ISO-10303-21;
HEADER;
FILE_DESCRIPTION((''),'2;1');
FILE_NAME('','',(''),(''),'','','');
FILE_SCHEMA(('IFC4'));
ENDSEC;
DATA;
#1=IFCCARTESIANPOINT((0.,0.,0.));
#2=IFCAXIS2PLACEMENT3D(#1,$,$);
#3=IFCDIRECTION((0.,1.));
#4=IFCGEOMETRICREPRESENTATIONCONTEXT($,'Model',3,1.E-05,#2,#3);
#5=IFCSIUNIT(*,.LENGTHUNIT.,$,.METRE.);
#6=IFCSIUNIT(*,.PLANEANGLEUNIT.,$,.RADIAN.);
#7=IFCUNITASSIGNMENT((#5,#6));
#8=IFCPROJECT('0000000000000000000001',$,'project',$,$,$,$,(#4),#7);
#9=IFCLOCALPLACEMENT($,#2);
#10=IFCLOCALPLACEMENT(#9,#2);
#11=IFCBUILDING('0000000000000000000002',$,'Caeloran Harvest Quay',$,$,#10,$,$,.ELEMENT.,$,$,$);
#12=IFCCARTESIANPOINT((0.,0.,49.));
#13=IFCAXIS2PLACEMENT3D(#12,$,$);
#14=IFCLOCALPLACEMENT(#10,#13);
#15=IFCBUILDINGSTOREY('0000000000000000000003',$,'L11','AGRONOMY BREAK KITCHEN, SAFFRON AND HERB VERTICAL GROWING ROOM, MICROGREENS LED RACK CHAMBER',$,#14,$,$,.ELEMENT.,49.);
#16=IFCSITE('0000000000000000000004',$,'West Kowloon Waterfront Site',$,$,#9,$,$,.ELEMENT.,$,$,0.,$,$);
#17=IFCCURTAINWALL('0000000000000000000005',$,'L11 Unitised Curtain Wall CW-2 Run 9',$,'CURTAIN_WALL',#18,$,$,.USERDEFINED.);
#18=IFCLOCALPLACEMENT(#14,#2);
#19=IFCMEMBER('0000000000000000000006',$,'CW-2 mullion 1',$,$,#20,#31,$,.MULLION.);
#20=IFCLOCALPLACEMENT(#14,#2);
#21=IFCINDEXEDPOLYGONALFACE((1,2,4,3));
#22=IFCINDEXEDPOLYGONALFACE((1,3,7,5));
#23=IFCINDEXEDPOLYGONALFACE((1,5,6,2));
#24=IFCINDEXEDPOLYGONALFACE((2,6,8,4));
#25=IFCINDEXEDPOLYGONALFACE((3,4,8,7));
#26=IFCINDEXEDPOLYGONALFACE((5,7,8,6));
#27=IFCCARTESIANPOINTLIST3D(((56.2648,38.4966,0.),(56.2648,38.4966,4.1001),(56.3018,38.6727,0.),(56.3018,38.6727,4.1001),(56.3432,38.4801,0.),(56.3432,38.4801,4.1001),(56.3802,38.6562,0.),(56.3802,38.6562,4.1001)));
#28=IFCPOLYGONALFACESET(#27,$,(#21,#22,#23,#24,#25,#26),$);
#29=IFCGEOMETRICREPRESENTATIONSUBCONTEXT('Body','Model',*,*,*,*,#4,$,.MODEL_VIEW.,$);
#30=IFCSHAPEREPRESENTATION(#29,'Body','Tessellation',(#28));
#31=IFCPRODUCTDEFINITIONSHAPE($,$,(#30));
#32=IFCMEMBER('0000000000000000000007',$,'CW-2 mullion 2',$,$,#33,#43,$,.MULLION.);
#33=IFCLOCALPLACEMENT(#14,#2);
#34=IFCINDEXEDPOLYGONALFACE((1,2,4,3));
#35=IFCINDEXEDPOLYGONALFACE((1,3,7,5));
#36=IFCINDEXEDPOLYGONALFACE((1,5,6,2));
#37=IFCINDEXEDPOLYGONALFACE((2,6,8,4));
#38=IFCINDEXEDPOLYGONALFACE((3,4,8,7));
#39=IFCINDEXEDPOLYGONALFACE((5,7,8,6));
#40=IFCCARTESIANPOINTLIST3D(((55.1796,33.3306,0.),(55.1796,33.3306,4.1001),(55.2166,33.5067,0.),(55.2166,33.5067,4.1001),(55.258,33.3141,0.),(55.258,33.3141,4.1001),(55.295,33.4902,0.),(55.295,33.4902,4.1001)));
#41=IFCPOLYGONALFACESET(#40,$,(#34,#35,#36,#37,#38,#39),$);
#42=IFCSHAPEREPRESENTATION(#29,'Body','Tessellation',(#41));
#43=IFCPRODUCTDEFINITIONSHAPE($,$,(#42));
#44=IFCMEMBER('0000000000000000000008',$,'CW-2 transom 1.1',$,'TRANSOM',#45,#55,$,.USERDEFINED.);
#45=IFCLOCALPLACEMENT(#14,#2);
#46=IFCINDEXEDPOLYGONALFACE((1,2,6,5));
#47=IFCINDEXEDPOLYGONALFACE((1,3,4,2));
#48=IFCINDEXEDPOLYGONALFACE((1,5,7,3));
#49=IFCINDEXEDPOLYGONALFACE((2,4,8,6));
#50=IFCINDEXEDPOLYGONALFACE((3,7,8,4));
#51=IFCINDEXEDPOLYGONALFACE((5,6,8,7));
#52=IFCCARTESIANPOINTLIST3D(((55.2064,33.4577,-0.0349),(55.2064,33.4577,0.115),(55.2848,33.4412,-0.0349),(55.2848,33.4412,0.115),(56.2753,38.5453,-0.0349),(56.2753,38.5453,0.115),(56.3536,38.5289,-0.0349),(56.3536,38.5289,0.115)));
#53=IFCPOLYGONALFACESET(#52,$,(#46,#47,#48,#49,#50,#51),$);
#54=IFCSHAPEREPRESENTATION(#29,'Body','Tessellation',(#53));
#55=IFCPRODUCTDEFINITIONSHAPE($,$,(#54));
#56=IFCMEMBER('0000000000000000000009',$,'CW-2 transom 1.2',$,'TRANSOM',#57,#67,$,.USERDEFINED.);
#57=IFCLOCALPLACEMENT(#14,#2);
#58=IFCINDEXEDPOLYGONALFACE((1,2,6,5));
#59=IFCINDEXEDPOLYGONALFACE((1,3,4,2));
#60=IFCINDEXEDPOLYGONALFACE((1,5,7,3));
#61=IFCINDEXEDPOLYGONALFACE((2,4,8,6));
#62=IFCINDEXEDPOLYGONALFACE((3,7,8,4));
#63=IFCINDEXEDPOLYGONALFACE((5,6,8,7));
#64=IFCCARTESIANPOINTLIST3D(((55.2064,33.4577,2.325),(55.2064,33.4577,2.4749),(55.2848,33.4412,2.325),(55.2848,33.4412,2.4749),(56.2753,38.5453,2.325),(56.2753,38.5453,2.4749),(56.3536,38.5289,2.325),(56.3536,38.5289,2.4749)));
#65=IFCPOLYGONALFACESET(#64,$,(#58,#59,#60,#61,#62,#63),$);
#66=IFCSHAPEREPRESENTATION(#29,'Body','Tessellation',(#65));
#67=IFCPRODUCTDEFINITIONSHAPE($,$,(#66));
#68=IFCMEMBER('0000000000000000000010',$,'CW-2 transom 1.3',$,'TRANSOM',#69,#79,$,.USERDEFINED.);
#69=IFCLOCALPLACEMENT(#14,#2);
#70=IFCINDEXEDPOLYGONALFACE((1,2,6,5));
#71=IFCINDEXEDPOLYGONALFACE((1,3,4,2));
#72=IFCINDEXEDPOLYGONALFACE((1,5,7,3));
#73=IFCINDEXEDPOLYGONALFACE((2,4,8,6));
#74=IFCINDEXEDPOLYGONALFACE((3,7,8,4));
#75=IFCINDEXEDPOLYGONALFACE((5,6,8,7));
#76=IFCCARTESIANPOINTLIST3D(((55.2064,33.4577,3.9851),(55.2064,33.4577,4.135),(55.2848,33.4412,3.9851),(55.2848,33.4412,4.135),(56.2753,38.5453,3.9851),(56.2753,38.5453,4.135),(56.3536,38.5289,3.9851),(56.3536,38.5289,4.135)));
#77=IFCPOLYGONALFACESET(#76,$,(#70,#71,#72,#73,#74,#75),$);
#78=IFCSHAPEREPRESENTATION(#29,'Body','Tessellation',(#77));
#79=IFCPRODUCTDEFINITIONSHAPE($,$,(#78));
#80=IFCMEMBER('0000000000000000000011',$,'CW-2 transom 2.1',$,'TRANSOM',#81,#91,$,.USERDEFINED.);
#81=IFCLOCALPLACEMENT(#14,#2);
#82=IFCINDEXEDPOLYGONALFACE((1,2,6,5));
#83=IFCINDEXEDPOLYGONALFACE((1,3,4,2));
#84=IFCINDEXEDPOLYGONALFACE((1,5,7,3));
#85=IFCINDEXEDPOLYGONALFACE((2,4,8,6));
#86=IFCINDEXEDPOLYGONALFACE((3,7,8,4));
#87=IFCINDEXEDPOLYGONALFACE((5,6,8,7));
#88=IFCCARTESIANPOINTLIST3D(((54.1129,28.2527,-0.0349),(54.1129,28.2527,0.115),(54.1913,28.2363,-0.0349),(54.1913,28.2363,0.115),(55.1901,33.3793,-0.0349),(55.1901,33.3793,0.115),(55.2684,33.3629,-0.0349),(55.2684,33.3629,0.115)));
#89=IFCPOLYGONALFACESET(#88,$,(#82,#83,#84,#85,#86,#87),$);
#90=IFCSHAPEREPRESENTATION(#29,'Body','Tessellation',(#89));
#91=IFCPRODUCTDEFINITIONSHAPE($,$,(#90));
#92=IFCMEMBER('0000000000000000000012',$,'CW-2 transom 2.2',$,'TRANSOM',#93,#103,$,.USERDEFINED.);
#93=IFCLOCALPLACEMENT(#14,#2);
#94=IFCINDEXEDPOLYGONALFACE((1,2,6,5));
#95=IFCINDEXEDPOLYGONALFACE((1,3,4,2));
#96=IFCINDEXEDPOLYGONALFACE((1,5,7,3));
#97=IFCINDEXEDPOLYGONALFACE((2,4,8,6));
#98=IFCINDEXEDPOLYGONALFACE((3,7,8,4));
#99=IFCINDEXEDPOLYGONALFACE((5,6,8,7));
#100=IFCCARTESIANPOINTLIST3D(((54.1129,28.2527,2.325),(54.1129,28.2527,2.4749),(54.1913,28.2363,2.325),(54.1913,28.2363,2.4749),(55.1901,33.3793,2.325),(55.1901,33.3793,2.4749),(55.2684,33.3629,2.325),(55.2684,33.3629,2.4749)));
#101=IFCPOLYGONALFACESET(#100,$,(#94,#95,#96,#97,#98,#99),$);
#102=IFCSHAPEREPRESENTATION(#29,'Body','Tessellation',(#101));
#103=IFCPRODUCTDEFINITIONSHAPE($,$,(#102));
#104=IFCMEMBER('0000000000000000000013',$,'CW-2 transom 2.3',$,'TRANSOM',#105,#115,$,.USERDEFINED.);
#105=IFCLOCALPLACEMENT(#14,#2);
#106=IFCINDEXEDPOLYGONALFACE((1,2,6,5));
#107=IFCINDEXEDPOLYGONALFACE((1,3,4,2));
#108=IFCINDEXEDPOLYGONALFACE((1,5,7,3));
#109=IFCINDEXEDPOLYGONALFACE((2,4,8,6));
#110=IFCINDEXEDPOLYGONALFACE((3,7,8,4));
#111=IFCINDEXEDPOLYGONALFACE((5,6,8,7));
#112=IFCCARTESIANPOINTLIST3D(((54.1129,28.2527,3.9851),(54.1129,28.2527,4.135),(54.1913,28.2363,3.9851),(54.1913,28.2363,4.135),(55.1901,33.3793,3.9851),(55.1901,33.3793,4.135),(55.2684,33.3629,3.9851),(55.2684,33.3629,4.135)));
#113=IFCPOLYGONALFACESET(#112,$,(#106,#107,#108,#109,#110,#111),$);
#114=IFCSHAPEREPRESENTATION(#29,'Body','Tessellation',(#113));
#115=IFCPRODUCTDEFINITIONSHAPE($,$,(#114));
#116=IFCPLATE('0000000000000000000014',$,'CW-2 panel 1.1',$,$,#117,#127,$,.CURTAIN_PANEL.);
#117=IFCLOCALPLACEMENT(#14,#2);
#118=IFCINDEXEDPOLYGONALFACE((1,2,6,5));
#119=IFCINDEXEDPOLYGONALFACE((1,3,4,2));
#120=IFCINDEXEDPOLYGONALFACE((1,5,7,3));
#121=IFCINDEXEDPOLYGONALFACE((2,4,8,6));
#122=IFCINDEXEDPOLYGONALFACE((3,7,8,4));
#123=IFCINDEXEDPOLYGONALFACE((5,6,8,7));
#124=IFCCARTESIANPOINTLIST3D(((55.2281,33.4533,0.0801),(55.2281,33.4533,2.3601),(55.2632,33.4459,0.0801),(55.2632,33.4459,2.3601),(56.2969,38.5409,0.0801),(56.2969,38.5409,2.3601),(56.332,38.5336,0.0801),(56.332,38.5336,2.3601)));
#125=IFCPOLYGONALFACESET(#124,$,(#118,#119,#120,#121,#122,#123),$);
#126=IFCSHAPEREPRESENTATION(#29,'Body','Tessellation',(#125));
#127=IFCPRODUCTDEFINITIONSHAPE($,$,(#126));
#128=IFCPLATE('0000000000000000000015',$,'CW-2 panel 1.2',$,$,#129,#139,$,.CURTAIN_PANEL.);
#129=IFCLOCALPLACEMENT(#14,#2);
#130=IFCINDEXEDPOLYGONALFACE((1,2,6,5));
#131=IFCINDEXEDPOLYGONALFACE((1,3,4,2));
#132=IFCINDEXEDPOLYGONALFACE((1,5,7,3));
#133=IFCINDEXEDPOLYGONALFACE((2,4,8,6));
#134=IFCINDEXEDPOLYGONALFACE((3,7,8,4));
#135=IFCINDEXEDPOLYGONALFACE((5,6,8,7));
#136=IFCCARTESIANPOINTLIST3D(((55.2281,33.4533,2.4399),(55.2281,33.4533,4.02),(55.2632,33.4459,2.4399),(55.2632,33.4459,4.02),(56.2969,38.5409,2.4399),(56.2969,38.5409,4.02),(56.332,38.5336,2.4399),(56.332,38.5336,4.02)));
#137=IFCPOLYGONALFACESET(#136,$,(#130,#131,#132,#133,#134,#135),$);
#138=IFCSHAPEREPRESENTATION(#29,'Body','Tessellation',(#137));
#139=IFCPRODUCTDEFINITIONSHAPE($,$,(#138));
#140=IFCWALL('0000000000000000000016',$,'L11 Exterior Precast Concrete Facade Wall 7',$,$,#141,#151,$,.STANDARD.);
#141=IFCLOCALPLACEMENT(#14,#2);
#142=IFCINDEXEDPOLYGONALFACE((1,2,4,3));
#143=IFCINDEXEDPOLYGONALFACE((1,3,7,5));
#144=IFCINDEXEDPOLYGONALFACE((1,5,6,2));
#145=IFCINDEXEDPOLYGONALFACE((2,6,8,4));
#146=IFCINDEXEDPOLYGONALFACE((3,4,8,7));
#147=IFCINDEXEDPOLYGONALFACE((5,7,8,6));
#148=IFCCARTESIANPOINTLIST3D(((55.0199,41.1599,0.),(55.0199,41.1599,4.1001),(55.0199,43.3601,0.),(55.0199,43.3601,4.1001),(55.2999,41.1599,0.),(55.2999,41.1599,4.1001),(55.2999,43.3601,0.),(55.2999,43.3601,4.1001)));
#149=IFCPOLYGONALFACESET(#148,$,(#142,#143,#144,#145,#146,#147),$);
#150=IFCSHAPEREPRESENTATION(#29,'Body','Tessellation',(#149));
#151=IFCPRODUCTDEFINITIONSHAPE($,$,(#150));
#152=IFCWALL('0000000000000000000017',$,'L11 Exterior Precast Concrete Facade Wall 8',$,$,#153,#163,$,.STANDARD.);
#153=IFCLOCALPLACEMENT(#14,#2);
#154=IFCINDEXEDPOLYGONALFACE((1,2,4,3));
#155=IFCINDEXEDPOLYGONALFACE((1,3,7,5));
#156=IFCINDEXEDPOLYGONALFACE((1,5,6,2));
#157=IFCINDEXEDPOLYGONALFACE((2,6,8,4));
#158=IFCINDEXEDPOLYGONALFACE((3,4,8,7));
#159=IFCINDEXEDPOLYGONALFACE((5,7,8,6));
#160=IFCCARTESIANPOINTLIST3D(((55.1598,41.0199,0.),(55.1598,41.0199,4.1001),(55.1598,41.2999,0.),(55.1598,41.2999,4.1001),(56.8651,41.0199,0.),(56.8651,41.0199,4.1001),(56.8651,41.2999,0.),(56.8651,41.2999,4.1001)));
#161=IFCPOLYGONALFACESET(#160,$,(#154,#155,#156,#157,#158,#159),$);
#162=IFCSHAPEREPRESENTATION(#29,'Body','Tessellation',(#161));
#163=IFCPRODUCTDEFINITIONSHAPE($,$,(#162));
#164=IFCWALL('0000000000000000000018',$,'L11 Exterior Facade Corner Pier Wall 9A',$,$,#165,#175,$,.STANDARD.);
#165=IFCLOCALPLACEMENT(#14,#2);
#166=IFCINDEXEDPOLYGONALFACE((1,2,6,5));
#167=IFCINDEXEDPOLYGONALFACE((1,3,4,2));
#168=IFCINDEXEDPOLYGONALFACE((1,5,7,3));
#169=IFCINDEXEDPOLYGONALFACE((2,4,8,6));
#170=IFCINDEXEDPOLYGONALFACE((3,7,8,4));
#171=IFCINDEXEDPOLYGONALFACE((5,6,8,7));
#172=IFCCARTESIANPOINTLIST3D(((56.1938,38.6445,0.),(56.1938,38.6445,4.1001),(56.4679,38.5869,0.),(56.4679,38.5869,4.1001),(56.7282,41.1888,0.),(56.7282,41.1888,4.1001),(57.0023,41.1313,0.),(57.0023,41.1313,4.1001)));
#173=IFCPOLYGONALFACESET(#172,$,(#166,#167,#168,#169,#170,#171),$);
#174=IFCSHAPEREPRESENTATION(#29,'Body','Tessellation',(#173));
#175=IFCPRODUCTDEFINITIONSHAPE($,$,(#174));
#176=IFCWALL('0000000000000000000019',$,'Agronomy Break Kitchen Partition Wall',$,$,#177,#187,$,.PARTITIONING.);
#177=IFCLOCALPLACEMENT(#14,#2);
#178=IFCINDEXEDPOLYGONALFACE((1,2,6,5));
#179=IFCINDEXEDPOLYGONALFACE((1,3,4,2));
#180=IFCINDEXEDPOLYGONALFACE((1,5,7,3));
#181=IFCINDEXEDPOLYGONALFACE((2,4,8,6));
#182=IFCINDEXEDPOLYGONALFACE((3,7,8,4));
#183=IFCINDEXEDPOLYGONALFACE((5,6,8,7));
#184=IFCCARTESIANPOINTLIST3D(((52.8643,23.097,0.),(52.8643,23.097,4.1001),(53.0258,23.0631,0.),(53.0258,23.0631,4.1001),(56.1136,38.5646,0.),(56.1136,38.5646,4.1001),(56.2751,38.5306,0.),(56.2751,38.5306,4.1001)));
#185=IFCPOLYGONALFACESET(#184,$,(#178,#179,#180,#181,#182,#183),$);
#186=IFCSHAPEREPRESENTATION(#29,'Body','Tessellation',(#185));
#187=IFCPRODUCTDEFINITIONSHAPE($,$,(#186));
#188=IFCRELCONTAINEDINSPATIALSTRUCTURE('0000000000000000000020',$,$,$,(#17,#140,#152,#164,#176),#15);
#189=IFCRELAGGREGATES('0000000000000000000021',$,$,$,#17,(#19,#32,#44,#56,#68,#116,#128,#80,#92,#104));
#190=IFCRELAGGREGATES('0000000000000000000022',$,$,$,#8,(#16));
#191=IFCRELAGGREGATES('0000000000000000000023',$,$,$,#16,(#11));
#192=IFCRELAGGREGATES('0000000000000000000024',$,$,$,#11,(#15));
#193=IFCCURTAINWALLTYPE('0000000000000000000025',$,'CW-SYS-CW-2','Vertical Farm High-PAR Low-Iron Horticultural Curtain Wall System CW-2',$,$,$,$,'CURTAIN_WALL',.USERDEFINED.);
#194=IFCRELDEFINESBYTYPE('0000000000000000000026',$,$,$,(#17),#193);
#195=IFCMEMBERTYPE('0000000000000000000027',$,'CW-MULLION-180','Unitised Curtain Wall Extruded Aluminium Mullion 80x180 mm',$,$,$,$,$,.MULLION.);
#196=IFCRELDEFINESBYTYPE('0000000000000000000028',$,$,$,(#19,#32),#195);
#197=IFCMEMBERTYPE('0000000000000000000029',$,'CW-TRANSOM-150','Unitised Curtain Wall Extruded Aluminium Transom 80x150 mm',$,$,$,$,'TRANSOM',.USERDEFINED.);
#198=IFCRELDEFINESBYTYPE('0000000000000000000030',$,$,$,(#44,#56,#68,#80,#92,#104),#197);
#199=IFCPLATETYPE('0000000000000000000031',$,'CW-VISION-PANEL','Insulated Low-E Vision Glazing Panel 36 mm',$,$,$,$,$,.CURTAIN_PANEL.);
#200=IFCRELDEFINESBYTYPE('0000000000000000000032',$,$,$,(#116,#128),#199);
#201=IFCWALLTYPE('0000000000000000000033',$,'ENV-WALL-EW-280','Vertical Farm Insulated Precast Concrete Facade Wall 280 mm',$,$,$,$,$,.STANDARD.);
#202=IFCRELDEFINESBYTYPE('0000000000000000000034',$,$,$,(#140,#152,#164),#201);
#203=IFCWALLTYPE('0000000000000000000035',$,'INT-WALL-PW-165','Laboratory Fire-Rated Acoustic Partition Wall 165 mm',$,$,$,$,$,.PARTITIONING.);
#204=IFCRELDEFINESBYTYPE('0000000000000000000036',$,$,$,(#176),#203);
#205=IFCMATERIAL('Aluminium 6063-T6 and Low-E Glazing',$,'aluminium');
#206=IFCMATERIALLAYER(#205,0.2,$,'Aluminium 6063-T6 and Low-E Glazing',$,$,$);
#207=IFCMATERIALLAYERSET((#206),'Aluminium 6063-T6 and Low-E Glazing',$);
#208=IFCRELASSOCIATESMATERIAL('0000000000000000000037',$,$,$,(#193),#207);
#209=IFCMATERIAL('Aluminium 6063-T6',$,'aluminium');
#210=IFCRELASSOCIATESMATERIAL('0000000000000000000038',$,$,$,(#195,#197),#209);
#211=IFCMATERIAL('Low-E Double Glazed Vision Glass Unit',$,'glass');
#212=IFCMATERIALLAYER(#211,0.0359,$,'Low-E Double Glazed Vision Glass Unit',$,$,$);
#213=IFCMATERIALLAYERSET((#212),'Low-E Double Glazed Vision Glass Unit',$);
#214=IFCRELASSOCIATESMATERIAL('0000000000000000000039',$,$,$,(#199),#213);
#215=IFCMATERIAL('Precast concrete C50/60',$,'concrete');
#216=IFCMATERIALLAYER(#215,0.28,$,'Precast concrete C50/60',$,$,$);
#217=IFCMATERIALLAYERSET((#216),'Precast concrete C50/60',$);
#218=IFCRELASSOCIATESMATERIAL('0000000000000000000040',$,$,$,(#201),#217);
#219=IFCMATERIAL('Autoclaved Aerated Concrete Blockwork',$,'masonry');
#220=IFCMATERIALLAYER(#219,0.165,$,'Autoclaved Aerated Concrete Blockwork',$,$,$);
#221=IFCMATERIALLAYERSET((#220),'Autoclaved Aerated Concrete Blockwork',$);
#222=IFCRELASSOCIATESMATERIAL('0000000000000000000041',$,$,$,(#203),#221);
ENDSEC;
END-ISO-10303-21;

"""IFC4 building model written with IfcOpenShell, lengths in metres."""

from ifc_helpers import new_model, si_unit, direction, frame, frame_2d, origin, origin_2d, place, context, subcontext, project, spatial, rectangle, extrude, material, layer, layer_set, material_profile, profile_set, type_object, element, aggregate, save


model = new_model("IFC4")

# Units and contexts
model_context = context("Model", 3, precision=1e-05, world=origin(), true_north=direction((0.0, 1.0)))
body_context = subcontext(model_context, "Body", "Model", "MODEL_VIEW")
ifc_project = project(units=[si_unit("LENGTHUNIT", "METRE"), si_unit("PLANEANGLEUNIT", "RADIAN")], contexts=[model_context])

# Site, building, storey
site_placement = place(None, origin())
site = spatial("IfcSite", under=ifc_project, at=site_placement, Name="West Kowloon Waterfront Site", CompositionType="ELEMENT", RefElevation=0.0)
building_placement = place(site_placement, origin())
building = spatial("IfcBuilding", under=site, at=building_placement, Name="Caeloran Harvest Quay", CompositionType="ELEMENT")
storey_placement = place(building_placement, frame((0.0, 0.0, 49.0)))
storey = spatial("IfcBuildingStorey", under=building, at=storey_placement, Name="L11", Description="AGRONOMY BREAK KITCHEN, SAFFRON AND HERB VERTICAL GROWING ROOM, MICROGREENS LED RACK CHAMBER", CompositionType="ELEMENT", Elevation=49.0)

# Curtain wall, members, plates
ifc_material_1 = material(Name="Aluminium 6063-T6 and Low-E Glazing", Category="aluminium")
ifc_layer_1 = layer(ifc_material_1, 0.2, Name="Aluminium 6063-T6 and Low-E Glazing")
ifc_layer_set_1 = layer_set([ifc_layer_1], Name="Aluminium 6063-T6 and Low-E Glazing")
curtain_wall_type = type_object("IfcCurtainWallType", Name="CW-SYS-CW-2", Description="Vertical Farm High-PAR Low-Iron Horticultural Curtain Wall System CW-2", ElementType="CURTAIN_WALL", PredefinedType="USERDEFINED", material=ifc_layer_set_1)
curtain_wall_placement = place(storey_placement, origin())
curtain_wall = element("IfcCurtainWall", 1, at=curtain_wall_placement, inside=storey, type_object=curtain_wall_type, Name="L11 Unitised Curtain Wall CW-2 Run 9", ObjectType="CURTAIN_WALL", PredefinedType="USERDEFINED")
ifc_material_2 = material(Name="Aluminium 6063-T6", Category="aluminium")
ifc_material_profile_1 = material_profile(ifc_material_2, rectangle(XDim=0.0801, YDim=0.1799, at=origin_2d()), Name="CW-MULLION-180")
ifc_profile_set_1 = profile_set([ifc_material_profile_1], Name="Aluminium 6063-T6")
member_type_1 = type_object("IfcMemberType", Name="CW-MULLION-180", Description="Unitised Curtain Wall Extruded Aluminium Mullion 80x180 mm", PredefinedType="MULLION", material=ifc_profile_set_1)
member_1_placement = place(storey_placement, frame((56.3225, 38.5764, 0.0), z_axis=(0.0, 0.0, 1.0), x_axis=(0.97864, -0.205583, 0.0)))
member_1 = element("IfcMember", 2, at=member_1_placement, type_object=member_type_1, Name="CW-2 mullion 1", PredefinedType="MULLION", context=body_context, shape_type="SweptSolid", body=[
    extrude(rectangle(XDim=0.0801, YDim=0.1799, at=origin_2d()), origin(), (0.0, 0.0, 1.0), 4.1001),
])
member_2_placement = place(storey_placement, frame((55.2373, 33.4104, 0.0), z_axis=(0.0, 0.0, 1.0), x_axis=(0.97864, -0.205583, 0.0)))
member_2 = element("IfcMember", 3, at=member_2_placement, type_object=member_type_1, Name="CW-2 mullion 2", PredefinedType="MULLION", context=body_context, shape_type="SweptSolid", body=[
    extrude(rectangle(XDim=0.0801, YDim=0.1799, at=origin_2d()), origin(), (0.0, 0.0, 1.0), 4.1001),
])
ifc_material_profile_2 = material_profile(ifc_material_2, rectangle(XDim=0.0801, YDim=0.1499, at=origin_2d()), Name="CW-TRANSOM-150")
ifc_profile_set_2 = profile_set([ifc_material_profile_2], Name="Aluminium 6063-T6")
member_type_2 = type_object("IfcMemberType", Name="CW-TRANSOM-150", Description="Unitised Curtain Wall Extruded Aluminium Transom 80x150 mm", ElementType="TRANSOM", PredefinedType="USERDEFINED", material=ifc_profile_set_2)
member_3_placement = place(storey_placement, frame((56.3145, 38.5371, 0.04), z_axis=(-0.205599, -0.978636, 0.0), x_axis=(0.978636, -0.205599, 0.0)))
member_3 = element("IfcMember", 4, at=member_3_placement, type_object=member_type_2, Name="CW-2 transom 1.1", ObjectType="TRANSOM", PredefinedType="USERDEFINED", context=body_context, shape_type="SweptSolid", body=[
    extrude(rectangle(XDim=0.0801, YDim=0.1499, at=origin_2d()), origin(), (0.0, 0.0, 1.0), 5.1987),
])
member_4_placement = place(storey_placement, frame((56.3145, 38.5371, 2.3999), z_axis=(-0.205599, -0.978636, 0.0), x_axis=(0.978636, -0.205599, 0.0)))
member_4 = element("IfcMember", 5, at=member_4_placement, type_object=member_type_2, Name="CW-2 transom 1.2", ObjectType="TRANSOM", PredefinedType="USERDEFINED", context=body_context, shape_type="SweptSolid", body=[
    extrude(rectangle(XDim=0.0801, YDim=0.1499, at=origin_2d()), origin(), (0.0, 0.0, 1.0), 5.1987),
])
member_5_placement = place(storey_placement, frame((56.3145, 38.5371, 4.0601), z_axis=(-0.205599, -0.978636, 0.0), x_axis=(0.978636, -0.205599, 0.0)))
member_5 = element("IfcMember", 6, at=member_5_placement, type_object=member_type_2, Name="CW-2 transom 1.3", ObjectType="TRANSOM", PredefinedType="USERDEFINED", context=body_context, shape_type="SweptSolid", body=[
    extrude(rectangle(XDim=0.0801, YDim=0.1499, at=origin_2d()), origin(), (0.0, 0.0, 1.0), 5.1987),
])
member_6_placement = place(storey_placement, frame((55.2292, 33.3711, 0.04), z_axis=(-0.205616, -0.978633, 0.0), x_axis=(0.978633, -0.205616, 0.0)))
member_6 = element("IfcMember", 7, at=member_6_placement, type_object=member_type_2, Name="CW-2 transom 2.1", ObjectType="TRANSOM", PredefinedType="USERDEFINED", context=body_context, shape_type="SweptSolid", body=[
    extrude(rectangle(XDim=0.0801, YDim=0.1499, at=origin_2d()), origin(), (0.0, 0.0, 1.0), 5.2385),
])
member_7_placement = place(storey_placement, frame((55.2292, 33.3711, 2.3999), z_axis=(-0.205616, -0.978633, 0.0), x_axis=(0.978633, -0.205616, 0.0)))
member_7 = element("IfcMember", 8, at=member_7_placement, type_object=member_type_2, Name="CW-2 transom 2.2", ObjectType="TRANSOM", PredefinedType="USERDEFINED", context=body_context, shape_type="SweptSolid", body=[
    extrude(rectangle(XDim=0.0801, YDim=0.1499, at=origin_2d()), origin(), (0.0, 0.0, 1.0), 5.2385),
])
member_8_placement = place(storey_placement, frame((55.2292, 33.3711, 4.0601), z_axis=(-0.205616, -0.978633, 0.0), x_axis=(0.978633, -0.205616, 0.0)))
member_8 = element("IfcMember", 9, at=member_8_placement, type_object=member_type_2, Name="CW-2 transom 2.3", ObjectType="TRANSOM", PredefinedType="USERDEFINED", context=body_context, shape_type="SweptSolid", body=[
    extrude(rectangle(XDim=0.0801, YDim=0.1499, at=origin_2d()), origin(), (0.0, 0.0, 1.0), 5.2385),
])
ifc_material_3 = material(Name="Low-E Double Glazed Vision Glass Unit", Category="glass")
ifc_layer_2 = layer(ifc_material_3, 0.0359, Name="Low-E Double Glazed Vision Glass Unit")
ifc_layer_set_2 = layer_set([ifc_layer_2], Name="Low-E Double Glazed Vision Glass Unit")
plate_type = type_object("IfcPlateType", Name="CW-VISION-PANEL", Description="Insulated Low-E Vision Glazing Panel 36 mm", PredefinedType="CURTAIN_PANEL", material=ifc_layer_set_2)
plate_1_placement = place(storey_placement, frame((55.78, 35.9934, 0.0801), z_axis=(0.0, 0.0, 1.0), x_axis=(-0.205583, -0.97864, 0.0)))
plate_1 = element("IfcPlate", 10, at=plate_1_placement, type_object=plate_type, Name="CW-2 panel 1.1", PredefinedType="CURTAIN_PANEL", context=body_context, shape_type="SweptSolid", body=[
    extrude(rectangle(XDim=5.1987, YDim=0.0359, at=origin_2d()), origin(), (0.0, 0.0, 1.0), 2.28),
])
plate_2_placement = place(storey_placement, frame((55.78, 35.9934, 2.4399), z_axis=(0.0, 0.0, 1.0), x_axis=(-0.205583, -0.97864, 0.0)))
plate_2 = element("IfcPlate", 11, at=plate_2_placement, type_object=plate_type, Name="CW-2 panel 1.2", PredefinedType="CURTAIN_PANEL", context=body_context, shape_type="SweptSolid", body=[
    extrude(rectangle(XDim=5.1987, YDim=0.0359, at=origin_2d()), origin(), (0.0, 0.0, 1.0), 1.5801),
])
aggregate(curtain_wall, [member_1, member_2, member_3, member_4, member_5, plate_1, plate_2, member_6, member_7, member_8])

# Walls
ifc_material_4 = material(Name="Precast concrete C50/60", Category="concrete")
ifc_layer_3 = layer(ifc_material_4, 0.28, Name="Precast concrete C50/60")
ifc_layer_set_3 = layer_set([ifc_layer_3], Name="Precast concrete C50/60")
wall_type_1 = type_object("IfcWallType", Name="ENV-WALL-EW-280", Description="Vertical Farm Insulated Precast Concrete Facade Wall 280 mm", PredefinedType="STANDARD", material=ifc_layer_set_3)
wall_1_placement = place(storey_placement, frame((55.1599, 43.3601, 0.0), z_axis=(0.0, 0.0, 1.0), x_axis=(0.0, -1.0, 0.0)))
element("IfcWall", 12, at=wall_1_placement, inside=storey, type_object=wall_type_1, Name="L11 Exterior Precast Concrete Facade Wall 7", PredefinedType="STANDARD", context=body_context, shape_type="SweptSolid", body=[
    extrude(rectangle(XDim=2.2002, YDim=0.28, at=frame_2d((1.1001, 0.0))), origin(), (0.0, 0.0, 1.0), 4.1001),
])
wall_2_placement = place(storey_placement, frame((55.1599, 41.1599, 0.0), z_axis=(0.0, 0.0, 1.0), x_axis=(1.0, 0.0, 0.0)))
element("IfcWall", 13, at=wall_2_placement, inside=storey, type_object=wall_type_1, Name="L11 Exterior Precast Concrete Facade Wall 8", PredefinedType="STANDARD", context=body_context, shape_type="SweptSolid", body=[
    extrude(rectangle(XDim=1.7053, YDim=0.28, at=frame_2d((0.8525, 0.0))), origin(), (0.0, 0.0, 1.0), 4.1001),
])
wall_3_placement = place(storey_placement, frame((56.8652, 41.1599, 0.0), z_axis=(0.0, 0.0, 1.0), x_axis=(-0.205551, -0.978646, 0.0)))
element("IfcWall", 14, at=wall_3_placement, inside=storey, type_object=wall_type_1, Name="L11 Exterior Facade Corner Pier Wall 9A", PredefinedType="STANDARD", context=body_context, shape_type="SweptSolid", body=[
    extrude(rectangle(XDim=2.5999, YDim=0.28, at=frame_2d((1.2998, 0.0))), origin(), (0.0, 0.0, 1.0), 4.1001),
])
ifc_material_5 = material(Name="Autoclaved Aerated Concrete Blockwork", Category="masonry")
ifc_layer_4 = layer(ifc_material_5, 0.165, Name="Autoclaved Aerated Concrete Blockwork")
ifc_layer_set_4 = layer_set([ifc_layer_4], Name="Autoclaved Aerated Concrete Blockwork")
wall_type_2 = type_object("IfcWallType", Name="INT-WALL-PW-165", Description="Laboratory Fire-Rated Acoustic Partition Wall 165 mm", PredefinedType="PARTITIONING", material=ifc_layer_set_4)
wall_4_placement = place(storey_placement, frame((56.1943, 38.5476, 0.0), z_axis=(0.0, 0.0, 1.0), x_axis=(-0.205583, -0.97864, 0.0)))
element("IfcWall", 15, at=wall_4_placement, inside=storey, type_object=wall_type_2, Name="Agronomy Break Kitchen Partition Wall", PredefinedType="PARTITIONING", context=body_context, shape_type="SweptSolid", body=[
    extrude(rectangle(XDim=15.8052, YDim=0.165, at=frame_2d((7.9026, 0.0))), origin(), (0.0, 0.0, 1.0), 4.1001),
])

save(model, "model.ifc")
